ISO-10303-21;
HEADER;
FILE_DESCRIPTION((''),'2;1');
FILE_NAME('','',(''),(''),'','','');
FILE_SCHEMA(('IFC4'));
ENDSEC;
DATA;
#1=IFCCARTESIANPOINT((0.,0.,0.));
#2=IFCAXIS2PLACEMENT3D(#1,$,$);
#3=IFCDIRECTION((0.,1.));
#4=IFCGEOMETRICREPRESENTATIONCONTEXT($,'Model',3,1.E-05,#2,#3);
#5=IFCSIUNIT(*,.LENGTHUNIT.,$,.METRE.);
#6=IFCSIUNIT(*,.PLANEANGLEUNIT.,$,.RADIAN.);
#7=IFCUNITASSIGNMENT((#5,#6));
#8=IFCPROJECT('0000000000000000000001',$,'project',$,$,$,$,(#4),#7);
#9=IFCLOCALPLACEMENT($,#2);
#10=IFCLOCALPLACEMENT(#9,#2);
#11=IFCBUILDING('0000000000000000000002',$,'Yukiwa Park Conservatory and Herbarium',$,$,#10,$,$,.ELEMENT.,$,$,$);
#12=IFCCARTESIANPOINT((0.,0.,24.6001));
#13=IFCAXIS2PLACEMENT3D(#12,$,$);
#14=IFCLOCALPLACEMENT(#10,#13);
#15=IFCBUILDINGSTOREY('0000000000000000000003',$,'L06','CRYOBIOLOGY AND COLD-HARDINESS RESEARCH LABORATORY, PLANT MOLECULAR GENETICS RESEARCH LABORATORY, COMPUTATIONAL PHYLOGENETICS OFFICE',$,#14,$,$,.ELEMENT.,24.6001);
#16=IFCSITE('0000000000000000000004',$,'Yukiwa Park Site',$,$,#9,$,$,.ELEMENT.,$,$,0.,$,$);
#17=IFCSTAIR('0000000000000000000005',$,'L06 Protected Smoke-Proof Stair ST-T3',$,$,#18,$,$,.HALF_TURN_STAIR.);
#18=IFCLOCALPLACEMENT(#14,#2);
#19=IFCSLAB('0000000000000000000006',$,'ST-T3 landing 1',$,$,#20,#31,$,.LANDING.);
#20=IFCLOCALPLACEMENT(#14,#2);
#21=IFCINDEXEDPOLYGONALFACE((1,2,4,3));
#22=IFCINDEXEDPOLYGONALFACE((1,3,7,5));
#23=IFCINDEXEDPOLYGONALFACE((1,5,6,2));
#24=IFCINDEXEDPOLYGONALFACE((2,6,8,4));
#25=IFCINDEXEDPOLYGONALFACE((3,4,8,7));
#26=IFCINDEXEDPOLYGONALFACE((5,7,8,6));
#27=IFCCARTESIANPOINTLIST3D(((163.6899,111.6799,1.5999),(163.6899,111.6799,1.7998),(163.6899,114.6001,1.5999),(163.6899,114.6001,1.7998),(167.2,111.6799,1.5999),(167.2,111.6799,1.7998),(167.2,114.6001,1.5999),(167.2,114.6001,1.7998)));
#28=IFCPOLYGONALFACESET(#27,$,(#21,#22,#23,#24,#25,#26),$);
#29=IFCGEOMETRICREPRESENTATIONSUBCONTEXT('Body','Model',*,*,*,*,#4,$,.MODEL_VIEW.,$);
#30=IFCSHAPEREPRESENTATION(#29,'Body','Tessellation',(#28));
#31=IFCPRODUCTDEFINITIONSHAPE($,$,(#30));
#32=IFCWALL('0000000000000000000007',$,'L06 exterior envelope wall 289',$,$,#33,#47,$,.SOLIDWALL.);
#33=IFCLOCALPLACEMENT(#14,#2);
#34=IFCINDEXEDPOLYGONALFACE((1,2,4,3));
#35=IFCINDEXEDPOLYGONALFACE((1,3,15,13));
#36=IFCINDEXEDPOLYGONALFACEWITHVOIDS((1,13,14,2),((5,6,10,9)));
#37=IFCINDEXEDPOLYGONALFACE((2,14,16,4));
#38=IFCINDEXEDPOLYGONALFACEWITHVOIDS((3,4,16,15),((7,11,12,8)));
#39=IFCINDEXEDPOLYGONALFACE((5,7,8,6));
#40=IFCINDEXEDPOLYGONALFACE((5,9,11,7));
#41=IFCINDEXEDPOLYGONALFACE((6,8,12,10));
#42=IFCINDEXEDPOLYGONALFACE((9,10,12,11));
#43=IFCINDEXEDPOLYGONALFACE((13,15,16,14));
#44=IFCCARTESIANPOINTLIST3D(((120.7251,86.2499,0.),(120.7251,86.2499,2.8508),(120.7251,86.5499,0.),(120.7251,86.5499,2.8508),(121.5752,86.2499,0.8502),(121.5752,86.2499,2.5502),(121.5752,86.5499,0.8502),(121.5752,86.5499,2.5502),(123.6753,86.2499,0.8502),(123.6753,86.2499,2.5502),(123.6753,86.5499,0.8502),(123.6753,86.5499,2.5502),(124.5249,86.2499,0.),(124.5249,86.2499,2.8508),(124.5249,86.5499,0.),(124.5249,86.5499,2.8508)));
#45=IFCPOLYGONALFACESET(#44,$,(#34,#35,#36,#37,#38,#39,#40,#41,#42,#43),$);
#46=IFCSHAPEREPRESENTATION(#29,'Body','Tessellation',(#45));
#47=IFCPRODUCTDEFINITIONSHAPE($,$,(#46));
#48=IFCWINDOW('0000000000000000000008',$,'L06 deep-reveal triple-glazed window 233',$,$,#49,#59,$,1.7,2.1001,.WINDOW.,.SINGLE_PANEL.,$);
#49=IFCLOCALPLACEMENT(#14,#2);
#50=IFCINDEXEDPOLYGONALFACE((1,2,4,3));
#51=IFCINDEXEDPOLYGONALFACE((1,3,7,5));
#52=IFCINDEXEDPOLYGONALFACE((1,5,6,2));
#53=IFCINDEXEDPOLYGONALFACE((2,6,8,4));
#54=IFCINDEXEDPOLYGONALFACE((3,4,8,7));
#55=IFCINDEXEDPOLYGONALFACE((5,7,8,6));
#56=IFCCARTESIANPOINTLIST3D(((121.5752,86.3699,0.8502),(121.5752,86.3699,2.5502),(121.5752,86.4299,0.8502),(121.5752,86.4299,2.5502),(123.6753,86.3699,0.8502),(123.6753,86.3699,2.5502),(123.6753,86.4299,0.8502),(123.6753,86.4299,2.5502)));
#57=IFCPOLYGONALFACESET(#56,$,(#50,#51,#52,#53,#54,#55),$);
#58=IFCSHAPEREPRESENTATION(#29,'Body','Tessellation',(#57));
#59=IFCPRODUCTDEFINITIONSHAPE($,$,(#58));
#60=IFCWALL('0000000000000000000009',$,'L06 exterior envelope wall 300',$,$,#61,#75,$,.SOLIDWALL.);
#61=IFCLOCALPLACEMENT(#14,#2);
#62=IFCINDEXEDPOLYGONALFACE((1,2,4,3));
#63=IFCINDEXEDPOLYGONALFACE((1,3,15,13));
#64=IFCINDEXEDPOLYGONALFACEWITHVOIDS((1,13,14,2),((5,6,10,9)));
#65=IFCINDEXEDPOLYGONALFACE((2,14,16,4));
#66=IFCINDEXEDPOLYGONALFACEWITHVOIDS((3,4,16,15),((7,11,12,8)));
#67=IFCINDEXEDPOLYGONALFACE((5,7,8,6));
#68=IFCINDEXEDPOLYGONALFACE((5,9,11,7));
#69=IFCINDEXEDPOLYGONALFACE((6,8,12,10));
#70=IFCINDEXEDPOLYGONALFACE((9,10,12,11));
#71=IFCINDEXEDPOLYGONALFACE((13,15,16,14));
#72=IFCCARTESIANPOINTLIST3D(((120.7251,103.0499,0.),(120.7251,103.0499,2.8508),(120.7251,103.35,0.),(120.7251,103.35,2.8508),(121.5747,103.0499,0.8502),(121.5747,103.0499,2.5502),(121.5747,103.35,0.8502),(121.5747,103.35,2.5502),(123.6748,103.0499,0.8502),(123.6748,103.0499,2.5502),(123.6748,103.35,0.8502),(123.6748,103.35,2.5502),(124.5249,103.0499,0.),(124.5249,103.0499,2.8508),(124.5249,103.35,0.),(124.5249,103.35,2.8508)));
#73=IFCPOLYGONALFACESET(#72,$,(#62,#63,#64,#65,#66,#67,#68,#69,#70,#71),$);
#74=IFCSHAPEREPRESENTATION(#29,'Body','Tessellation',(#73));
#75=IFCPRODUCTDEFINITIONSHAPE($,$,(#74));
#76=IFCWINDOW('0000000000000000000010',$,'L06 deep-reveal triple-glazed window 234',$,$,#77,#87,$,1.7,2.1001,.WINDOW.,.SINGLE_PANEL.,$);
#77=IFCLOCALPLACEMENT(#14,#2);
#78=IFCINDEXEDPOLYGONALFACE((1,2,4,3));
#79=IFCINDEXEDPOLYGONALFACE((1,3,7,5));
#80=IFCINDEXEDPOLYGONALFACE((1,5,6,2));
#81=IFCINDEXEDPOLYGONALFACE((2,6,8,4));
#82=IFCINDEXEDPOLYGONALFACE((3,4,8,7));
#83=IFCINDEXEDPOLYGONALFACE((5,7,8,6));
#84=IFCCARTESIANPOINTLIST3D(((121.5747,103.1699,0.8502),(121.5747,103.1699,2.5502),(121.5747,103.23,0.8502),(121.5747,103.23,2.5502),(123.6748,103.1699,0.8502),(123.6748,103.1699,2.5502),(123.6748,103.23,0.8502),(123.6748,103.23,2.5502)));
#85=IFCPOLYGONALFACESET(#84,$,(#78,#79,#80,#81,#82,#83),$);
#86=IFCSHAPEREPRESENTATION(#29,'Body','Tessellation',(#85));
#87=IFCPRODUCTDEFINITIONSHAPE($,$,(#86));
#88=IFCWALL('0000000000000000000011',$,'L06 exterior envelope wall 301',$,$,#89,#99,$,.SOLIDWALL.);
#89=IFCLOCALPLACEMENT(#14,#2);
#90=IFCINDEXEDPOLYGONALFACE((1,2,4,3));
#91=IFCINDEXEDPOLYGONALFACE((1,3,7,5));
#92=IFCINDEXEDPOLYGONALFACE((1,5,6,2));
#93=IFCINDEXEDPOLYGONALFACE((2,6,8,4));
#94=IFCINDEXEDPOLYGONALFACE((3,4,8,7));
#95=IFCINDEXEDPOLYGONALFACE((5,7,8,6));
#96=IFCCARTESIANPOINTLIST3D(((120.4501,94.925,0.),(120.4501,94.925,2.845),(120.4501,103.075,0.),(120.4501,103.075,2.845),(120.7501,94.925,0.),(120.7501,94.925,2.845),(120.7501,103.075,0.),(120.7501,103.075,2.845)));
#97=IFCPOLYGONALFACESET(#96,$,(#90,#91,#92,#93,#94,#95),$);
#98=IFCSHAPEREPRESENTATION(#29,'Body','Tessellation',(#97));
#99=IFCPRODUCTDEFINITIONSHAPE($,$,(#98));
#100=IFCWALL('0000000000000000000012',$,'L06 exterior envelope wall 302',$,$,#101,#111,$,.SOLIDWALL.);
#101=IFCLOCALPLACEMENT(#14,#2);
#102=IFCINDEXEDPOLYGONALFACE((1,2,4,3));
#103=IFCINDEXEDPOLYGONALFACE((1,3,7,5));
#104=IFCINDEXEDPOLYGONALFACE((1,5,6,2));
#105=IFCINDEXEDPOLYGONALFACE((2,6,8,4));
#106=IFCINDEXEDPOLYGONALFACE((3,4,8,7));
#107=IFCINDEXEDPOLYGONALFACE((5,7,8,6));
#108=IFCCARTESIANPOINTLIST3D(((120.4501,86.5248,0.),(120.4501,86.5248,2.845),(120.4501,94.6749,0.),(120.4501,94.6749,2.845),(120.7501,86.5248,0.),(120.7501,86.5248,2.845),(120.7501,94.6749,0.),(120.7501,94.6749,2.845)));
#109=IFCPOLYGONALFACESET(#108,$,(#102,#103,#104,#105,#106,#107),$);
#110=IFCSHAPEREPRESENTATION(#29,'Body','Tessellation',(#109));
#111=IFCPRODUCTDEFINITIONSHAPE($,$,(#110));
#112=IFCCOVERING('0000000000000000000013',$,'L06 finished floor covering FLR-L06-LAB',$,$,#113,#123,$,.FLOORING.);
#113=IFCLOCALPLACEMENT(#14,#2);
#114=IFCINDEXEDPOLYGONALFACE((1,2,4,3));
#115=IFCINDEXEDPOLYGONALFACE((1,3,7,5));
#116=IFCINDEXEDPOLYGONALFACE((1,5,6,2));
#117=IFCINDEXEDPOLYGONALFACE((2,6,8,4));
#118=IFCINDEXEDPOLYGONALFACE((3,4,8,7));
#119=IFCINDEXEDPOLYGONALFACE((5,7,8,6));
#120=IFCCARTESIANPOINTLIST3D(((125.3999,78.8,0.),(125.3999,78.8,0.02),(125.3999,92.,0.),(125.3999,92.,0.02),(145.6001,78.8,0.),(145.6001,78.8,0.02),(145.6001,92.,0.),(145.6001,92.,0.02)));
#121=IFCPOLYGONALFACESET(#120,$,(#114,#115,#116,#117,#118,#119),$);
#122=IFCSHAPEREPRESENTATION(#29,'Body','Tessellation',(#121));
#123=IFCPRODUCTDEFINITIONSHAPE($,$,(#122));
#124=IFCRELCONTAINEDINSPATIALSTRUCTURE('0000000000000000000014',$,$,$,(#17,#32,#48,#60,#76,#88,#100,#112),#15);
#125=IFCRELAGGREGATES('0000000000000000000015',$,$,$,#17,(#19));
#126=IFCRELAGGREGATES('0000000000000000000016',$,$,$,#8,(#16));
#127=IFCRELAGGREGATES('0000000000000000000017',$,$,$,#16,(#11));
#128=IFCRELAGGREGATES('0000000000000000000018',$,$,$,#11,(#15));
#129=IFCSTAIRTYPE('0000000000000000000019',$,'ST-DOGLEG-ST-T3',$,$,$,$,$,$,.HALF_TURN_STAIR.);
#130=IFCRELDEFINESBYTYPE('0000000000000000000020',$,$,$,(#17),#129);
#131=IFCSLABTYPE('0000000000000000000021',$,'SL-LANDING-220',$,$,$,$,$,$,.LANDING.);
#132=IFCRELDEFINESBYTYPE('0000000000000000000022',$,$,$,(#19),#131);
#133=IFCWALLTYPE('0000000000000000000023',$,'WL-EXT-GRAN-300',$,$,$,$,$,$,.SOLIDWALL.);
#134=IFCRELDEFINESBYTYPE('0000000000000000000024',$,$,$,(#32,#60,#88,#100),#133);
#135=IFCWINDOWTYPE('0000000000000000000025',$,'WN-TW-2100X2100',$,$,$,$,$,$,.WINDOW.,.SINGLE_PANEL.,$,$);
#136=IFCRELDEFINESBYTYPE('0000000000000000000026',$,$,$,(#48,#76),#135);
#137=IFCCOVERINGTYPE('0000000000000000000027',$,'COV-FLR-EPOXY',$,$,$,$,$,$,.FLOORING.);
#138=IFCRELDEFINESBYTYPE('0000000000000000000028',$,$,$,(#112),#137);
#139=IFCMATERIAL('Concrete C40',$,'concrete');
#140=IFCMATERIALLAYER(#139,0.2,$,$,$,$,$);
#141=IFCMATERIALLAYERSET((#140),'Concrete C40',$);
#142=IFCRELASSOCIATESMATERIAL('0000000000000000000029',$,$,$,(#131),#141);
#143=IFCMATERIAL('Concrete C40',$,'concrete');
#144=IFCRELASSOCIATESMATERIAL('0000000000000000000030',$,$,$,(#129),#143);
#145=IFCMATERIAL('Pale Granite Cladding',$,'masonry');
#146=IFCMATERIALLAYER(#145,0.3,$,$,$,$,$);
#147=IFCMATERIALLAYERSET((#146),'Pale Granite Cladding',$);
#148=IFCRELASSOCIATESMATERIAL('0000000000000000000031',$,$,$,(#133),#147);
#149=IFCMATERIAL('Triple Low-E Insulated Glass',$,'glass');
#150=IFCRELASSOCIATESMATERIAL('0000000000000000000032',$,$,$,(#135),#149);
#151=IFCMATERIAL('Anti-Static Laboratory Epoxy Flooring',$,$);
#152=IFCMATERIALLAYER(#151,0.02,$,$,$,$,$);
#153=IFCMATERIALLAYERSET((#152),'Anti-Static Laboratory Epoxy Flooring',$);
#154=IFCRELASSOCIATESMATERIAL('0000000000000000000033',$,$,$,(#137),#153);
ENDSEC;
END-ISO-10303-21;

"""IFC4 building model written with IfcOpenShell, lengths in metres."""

from ifc_helpers import new_model, si_unit, direction, frame, frame_2d, origin, place, context, subcontext, project, spatial, polyline, rectangle, outline, extrude, material, layer, layer_set, type_object, element, fill, aggregate, save


model = new_model("IFC4")

# Units and contexts
model_context = context("Model", 3, precision=1e-05, world=origin(), true_north=direction((0.0, 1.0)))
body_context = subcontext(model_context, "Body", "Model", "MODEL_VIEW")
ifc_project = project(units=[si_unit("LENGTHUNIT", "METRE"), si_unit("PLANEANGLEUNIT", "RADIAN")], contexts=[model_context])

# Site, building, storey
site_placement = place(None, origin())
site = spatial("IfcSite", under=ifc_project, at=site_placement, Name="Yukiwa Park Site", CompositionType="ELEMENT", RefElevation=0.0)
building_placement = place(site_placement, origin())
building = spatial("IfcBuilding", under=site, at=building_placement, Name="Yukiwa Park Conservatory and Herbarium", CompositionType="ELEMENT")
storey_placement = place(building_placement, frame((0.0, 0.0, 24.6001)))
storey = spatial("IfcBuildingStorey", under=building, at=storey_placement, Name="L06", Description="CRYOBIOLOGY AND COLD-HARDINESS RESEARCH LABORATORY, PLANT MOLECULAR GENETICS RESEARCH LABORATORY, COMPUTATIONAL PHYLOGENETICS OFFICE", CompositionType="ELEMENT", Elevation=24.6001)

# Stair, slab
ifc_material_1 = material(Name="Concrete C40", Category="concrete")
ifc_layer_1 = layer(ifc_material_1, 0.2)
ifc_layer_set_1 = layer_set([ifc_layer_1], Name="Concrete C40")
slab_type_1 = type_object("IfcSlabType", Name="SL-LANDING-220", PredefinedType="LANDING", material=ifc_layer_set_1)
ifc_material_2 = material(Name="Concrete C40", Category="concrete")
stair_type_1 = type_object("IfcStairType", Name="ST-DOGLEG-ST-T3", PredefinedType="HALF_TURN_STAIR", material=ifc_material_2)
stair_1_placement = place(storey_placement, origin())
stair_1 = element("IfcStair", 1, at=stair_1_placement, inside=storey, type_object=stair_type_1, Name="L06 Protected Smoke-Proof Stair ST-T3", PredefinedType="HALF_TURN_STAIR")
slab_1_placement = place(storey_placement, frame((0.0, 0.0, 1.5999)))
slab_1 = element("IfcSlab", 2, at=slab_1_placement, type_object=slab_type_1, Name="ST-T3 landing 1", PredefinedType="LANDING", context=body_context, shape_type="SweptSolid", body=[
    extrude(outline(polyline([(167.2, 111.6799), (167.2, 114.6001), (163.6899, 114.6001), (163.6899, 111.6799), (167.2, 111.6799)])), origin(), (0.0, 0.0, 1.0), 0.2),
])
aggregate(stair_1, [slab_1])

# Walls, openings, windows
ifc_material_3 = material(Name="Pale Granite Cladding", Category="masonry")
ifc_layer_2 = layer(ifc_material_3, 0.3)
ifc_layer_set_2 = layer_set([ifc_layer_2], Name="Pale Granite Cladding")
wall_type = type_object("IfcWallType", Name="WL-EXT-GRAN-300", PredefinedType="SOLIDWALL", material=ifc_layer_set_2)
wall_1_placement = place(storey_placement, frame((120.7251, 86.3999, 0.0), z_axis=(0.0, 0.0, 1.0), x_axis=(1.0, 0.0, 0.0)))
wall_1 = element("IfcWall", 3, at=wall_1_placement, inside=storey, type_object=wall_type, Name="L06 exterior envelope wall 289", PredefinedType="SOLIDWALL", context=body_context, shape_type="SweptSolid", body=[
    extrude(rectangle(XDim=3.7998, YDim=0.3, at=frame_2d((1.8999, 0.0))), origin(), (0.0, 0.0, 1.0), 2.8508),
])
opening_1_placement = place(wall_1_placement, frame((0.8501, 0.0, 0.8501)))
opening_1 = element("IfcOpeningElement", 4, at=opening_1_placement, cuts=wall_1, PredefinedType="OPENING", context=body_context, shape_type="SweptSolid", body=[
    extrude(rectangle(XDim=2.1001, YDim=1.7, at=frame_2d((1.05, 0.8501))), frame((0.0, 0.1602, 0.0), z_axis=(0.0, -1.0, 0.0), x_axis=(1.0, 0.0, 0.0)), (0.0, 0.0, 1.0), 0.3201),
])
ifc_material_4 = material(Name="Triple Low-E Insulated Glass", Category="glass")
window_type = type_object("IfcWindowType", Name="WN-TW-2100X2100", PartitioningType="SINGLE_PANEL", PredefinedType="WINDOW", material=ifc_material_4)
window_1_placement = place(opening_1_placement, origin())
window_1 = element("IfcWindow", 5, at=window_1_placement, inside=storey, type_object=window_type, Name="L06 deep-reveal triple-glazed window 233", OverallHeight=1.7, OverallWidth=2.1001, PartitioningType="SINGLE_PANEL", PredefinedType="WINDOW", context=body_context, shape_type="SweptSolid", body=[
    extrude(rectangle(XDim=2.1001, YDim=1.7, at=frame_2d((1.05, 0.8501))), frame((0.0, 0.03, 0.0), z_axis=(0.0, -1.0, 0.0), x_axis=(1.0, 0.0, 0.0)), (0.0, 0.0, 1.0), 0.0601),
])
fill(opening_1, window_1)
wall_2_placement = place(storey_placement, frame((124.5249, 103.2, 0.0), z_axis=(0.0, 0.0, 1.0), x_axis=(-1.0, 0.0, 0.0)))
wall_2 = element("IfcWall", 6, at=wall_2_placement, inside=storey, type_object=wall_type, Name="L06 exterior envelope wall 300", PredefinedType="SOLIDWALL", context=body_context, shape_type="SweptSolid", body=[
    extrude(rectangle(XDim=3.7998, YDim=0.3, at=frame_2d((1.8999, 0.0))), origin(), (0.0, 0.0, 1.0), 2.8508),
])
opening_2_placement = place(wall_2_placement, frame((0.8501, 0.0, 0.8501)))
opening_2 = element("IfcOpeningElement", 7, at=opening_2_placement, cuts=wall_2, PredefinedType="OPENING", context=body_context, shape_type="SweptSolid", body=[
    extrude(rectangle(XDim=2.1001, YDim=1.7, at=frame_2d((1.05, 0.8501))), frame((0.0, 0.1602, 0.0), z_axis=(0.0, -1.0, 0.0), x_axis=(1.0, 0.0, 0.0)), (0.0, 0.0, 1.0), 0.3201),
])
window_2_placement = place(opening_2_placement, origin())
window_2 = element("IfcWindow", 8, at=window_2_placement, inside=storey, type_object=window_type, Name="L06 deep-reveal triple-glazed window 234", OverallHeight=1.7, OverallWidth=2.1001, PartitioningType="SINGLE_PANEL", PredefinedType="WINDOW", context=body_context, shape_type="SweptSolid", body=[
    extrude(rectangle(XDim=2.1001, YDim=1.7, at=frame_2d((1.05, 0.8501))), frame((0.0, 0.03, 0.0), z_axis=(0.0, -1.0, 0.0), x_axis=(1.0, 0.0, 0.0)), (0.0, 0.0, 1.0), 0.0601),
])
fill(opening_2, window_2)

# Walls
wall_3_placement = place(storey_placement, frame((120.6001, 103.075, 0.0), z_axis=(0.0, 0.0, 1.0), x_axis=(0.0, -1.0, 0.0)))
element("IfcWall", 9, at=wall_3_placement, inside=storey, type_object=wall_type, Name="L06 exterior envelope wall 301", PredefinedType="SOLIDWALL", context=body_context, shape_type="SweptSolid", body=[
    extrude(rectangle(XDim=8.1499, YDim=0.3, at=frame_2d((4.075, 0.0))), origin(), (0.0, 0.0, 1.0), 2.845),
])
wall_4_placement = place(storey_placement, frame((120.6001, 94.675, 0.0), z_axis=(0.0, 0.0, 1.0), x_axis=(0.0, -1.0, 0.0)))
element("IfcWall", 10, at=wall_4_placement, inside=storey, type_object=wall_type, Name="L06 exterior envelope wall 302", PredefinedType="SOLIDWALL", context=body_context, shape_type="SweptSolid", body=[
    extrude(rectangle(XDim=8.1501, YDim=0.3, at=frame_2d((4.0752, 0.0))), origin(), (0.0, 0.0, 1.0), 2.845),
])

# Covering
ifc_material_5 = material(Name="Anti-Static Laboratory Epoxy Flooring")
ifc_layer_3 = layer(ifc_material_5, 0.02)
ifc_layer_set_3 = layer_set([ifc_layer_3], Name="Anti-Static Laboratory Epoxy Flooring")
covering_type = type_object("IfcCoveringType", Name="COV-FLR-EPOXY", PredefinedType="FLOORING", material=ifc_layer_set_3)
covering_placement = place(storey_placement, origin())
element("IfcCovering", 11, at=covering_placement, inside=storey, type_object=covering_type, Name="L06 finished floor covering FLR-L06-LAB", PredefinedType="FLOORING", context=body_context, shape_type="SweptSolid", body=[
    extrude(outline(polyline([(125.3999, 78.8), (145.6001, 78.8), (145.6001, 92.0), (125.3999, 92.0), (125.3999, 78.8)])), origin(), (0.0, 0.0, 1.0), 0.02),
])

save(model, "model.ifc")
